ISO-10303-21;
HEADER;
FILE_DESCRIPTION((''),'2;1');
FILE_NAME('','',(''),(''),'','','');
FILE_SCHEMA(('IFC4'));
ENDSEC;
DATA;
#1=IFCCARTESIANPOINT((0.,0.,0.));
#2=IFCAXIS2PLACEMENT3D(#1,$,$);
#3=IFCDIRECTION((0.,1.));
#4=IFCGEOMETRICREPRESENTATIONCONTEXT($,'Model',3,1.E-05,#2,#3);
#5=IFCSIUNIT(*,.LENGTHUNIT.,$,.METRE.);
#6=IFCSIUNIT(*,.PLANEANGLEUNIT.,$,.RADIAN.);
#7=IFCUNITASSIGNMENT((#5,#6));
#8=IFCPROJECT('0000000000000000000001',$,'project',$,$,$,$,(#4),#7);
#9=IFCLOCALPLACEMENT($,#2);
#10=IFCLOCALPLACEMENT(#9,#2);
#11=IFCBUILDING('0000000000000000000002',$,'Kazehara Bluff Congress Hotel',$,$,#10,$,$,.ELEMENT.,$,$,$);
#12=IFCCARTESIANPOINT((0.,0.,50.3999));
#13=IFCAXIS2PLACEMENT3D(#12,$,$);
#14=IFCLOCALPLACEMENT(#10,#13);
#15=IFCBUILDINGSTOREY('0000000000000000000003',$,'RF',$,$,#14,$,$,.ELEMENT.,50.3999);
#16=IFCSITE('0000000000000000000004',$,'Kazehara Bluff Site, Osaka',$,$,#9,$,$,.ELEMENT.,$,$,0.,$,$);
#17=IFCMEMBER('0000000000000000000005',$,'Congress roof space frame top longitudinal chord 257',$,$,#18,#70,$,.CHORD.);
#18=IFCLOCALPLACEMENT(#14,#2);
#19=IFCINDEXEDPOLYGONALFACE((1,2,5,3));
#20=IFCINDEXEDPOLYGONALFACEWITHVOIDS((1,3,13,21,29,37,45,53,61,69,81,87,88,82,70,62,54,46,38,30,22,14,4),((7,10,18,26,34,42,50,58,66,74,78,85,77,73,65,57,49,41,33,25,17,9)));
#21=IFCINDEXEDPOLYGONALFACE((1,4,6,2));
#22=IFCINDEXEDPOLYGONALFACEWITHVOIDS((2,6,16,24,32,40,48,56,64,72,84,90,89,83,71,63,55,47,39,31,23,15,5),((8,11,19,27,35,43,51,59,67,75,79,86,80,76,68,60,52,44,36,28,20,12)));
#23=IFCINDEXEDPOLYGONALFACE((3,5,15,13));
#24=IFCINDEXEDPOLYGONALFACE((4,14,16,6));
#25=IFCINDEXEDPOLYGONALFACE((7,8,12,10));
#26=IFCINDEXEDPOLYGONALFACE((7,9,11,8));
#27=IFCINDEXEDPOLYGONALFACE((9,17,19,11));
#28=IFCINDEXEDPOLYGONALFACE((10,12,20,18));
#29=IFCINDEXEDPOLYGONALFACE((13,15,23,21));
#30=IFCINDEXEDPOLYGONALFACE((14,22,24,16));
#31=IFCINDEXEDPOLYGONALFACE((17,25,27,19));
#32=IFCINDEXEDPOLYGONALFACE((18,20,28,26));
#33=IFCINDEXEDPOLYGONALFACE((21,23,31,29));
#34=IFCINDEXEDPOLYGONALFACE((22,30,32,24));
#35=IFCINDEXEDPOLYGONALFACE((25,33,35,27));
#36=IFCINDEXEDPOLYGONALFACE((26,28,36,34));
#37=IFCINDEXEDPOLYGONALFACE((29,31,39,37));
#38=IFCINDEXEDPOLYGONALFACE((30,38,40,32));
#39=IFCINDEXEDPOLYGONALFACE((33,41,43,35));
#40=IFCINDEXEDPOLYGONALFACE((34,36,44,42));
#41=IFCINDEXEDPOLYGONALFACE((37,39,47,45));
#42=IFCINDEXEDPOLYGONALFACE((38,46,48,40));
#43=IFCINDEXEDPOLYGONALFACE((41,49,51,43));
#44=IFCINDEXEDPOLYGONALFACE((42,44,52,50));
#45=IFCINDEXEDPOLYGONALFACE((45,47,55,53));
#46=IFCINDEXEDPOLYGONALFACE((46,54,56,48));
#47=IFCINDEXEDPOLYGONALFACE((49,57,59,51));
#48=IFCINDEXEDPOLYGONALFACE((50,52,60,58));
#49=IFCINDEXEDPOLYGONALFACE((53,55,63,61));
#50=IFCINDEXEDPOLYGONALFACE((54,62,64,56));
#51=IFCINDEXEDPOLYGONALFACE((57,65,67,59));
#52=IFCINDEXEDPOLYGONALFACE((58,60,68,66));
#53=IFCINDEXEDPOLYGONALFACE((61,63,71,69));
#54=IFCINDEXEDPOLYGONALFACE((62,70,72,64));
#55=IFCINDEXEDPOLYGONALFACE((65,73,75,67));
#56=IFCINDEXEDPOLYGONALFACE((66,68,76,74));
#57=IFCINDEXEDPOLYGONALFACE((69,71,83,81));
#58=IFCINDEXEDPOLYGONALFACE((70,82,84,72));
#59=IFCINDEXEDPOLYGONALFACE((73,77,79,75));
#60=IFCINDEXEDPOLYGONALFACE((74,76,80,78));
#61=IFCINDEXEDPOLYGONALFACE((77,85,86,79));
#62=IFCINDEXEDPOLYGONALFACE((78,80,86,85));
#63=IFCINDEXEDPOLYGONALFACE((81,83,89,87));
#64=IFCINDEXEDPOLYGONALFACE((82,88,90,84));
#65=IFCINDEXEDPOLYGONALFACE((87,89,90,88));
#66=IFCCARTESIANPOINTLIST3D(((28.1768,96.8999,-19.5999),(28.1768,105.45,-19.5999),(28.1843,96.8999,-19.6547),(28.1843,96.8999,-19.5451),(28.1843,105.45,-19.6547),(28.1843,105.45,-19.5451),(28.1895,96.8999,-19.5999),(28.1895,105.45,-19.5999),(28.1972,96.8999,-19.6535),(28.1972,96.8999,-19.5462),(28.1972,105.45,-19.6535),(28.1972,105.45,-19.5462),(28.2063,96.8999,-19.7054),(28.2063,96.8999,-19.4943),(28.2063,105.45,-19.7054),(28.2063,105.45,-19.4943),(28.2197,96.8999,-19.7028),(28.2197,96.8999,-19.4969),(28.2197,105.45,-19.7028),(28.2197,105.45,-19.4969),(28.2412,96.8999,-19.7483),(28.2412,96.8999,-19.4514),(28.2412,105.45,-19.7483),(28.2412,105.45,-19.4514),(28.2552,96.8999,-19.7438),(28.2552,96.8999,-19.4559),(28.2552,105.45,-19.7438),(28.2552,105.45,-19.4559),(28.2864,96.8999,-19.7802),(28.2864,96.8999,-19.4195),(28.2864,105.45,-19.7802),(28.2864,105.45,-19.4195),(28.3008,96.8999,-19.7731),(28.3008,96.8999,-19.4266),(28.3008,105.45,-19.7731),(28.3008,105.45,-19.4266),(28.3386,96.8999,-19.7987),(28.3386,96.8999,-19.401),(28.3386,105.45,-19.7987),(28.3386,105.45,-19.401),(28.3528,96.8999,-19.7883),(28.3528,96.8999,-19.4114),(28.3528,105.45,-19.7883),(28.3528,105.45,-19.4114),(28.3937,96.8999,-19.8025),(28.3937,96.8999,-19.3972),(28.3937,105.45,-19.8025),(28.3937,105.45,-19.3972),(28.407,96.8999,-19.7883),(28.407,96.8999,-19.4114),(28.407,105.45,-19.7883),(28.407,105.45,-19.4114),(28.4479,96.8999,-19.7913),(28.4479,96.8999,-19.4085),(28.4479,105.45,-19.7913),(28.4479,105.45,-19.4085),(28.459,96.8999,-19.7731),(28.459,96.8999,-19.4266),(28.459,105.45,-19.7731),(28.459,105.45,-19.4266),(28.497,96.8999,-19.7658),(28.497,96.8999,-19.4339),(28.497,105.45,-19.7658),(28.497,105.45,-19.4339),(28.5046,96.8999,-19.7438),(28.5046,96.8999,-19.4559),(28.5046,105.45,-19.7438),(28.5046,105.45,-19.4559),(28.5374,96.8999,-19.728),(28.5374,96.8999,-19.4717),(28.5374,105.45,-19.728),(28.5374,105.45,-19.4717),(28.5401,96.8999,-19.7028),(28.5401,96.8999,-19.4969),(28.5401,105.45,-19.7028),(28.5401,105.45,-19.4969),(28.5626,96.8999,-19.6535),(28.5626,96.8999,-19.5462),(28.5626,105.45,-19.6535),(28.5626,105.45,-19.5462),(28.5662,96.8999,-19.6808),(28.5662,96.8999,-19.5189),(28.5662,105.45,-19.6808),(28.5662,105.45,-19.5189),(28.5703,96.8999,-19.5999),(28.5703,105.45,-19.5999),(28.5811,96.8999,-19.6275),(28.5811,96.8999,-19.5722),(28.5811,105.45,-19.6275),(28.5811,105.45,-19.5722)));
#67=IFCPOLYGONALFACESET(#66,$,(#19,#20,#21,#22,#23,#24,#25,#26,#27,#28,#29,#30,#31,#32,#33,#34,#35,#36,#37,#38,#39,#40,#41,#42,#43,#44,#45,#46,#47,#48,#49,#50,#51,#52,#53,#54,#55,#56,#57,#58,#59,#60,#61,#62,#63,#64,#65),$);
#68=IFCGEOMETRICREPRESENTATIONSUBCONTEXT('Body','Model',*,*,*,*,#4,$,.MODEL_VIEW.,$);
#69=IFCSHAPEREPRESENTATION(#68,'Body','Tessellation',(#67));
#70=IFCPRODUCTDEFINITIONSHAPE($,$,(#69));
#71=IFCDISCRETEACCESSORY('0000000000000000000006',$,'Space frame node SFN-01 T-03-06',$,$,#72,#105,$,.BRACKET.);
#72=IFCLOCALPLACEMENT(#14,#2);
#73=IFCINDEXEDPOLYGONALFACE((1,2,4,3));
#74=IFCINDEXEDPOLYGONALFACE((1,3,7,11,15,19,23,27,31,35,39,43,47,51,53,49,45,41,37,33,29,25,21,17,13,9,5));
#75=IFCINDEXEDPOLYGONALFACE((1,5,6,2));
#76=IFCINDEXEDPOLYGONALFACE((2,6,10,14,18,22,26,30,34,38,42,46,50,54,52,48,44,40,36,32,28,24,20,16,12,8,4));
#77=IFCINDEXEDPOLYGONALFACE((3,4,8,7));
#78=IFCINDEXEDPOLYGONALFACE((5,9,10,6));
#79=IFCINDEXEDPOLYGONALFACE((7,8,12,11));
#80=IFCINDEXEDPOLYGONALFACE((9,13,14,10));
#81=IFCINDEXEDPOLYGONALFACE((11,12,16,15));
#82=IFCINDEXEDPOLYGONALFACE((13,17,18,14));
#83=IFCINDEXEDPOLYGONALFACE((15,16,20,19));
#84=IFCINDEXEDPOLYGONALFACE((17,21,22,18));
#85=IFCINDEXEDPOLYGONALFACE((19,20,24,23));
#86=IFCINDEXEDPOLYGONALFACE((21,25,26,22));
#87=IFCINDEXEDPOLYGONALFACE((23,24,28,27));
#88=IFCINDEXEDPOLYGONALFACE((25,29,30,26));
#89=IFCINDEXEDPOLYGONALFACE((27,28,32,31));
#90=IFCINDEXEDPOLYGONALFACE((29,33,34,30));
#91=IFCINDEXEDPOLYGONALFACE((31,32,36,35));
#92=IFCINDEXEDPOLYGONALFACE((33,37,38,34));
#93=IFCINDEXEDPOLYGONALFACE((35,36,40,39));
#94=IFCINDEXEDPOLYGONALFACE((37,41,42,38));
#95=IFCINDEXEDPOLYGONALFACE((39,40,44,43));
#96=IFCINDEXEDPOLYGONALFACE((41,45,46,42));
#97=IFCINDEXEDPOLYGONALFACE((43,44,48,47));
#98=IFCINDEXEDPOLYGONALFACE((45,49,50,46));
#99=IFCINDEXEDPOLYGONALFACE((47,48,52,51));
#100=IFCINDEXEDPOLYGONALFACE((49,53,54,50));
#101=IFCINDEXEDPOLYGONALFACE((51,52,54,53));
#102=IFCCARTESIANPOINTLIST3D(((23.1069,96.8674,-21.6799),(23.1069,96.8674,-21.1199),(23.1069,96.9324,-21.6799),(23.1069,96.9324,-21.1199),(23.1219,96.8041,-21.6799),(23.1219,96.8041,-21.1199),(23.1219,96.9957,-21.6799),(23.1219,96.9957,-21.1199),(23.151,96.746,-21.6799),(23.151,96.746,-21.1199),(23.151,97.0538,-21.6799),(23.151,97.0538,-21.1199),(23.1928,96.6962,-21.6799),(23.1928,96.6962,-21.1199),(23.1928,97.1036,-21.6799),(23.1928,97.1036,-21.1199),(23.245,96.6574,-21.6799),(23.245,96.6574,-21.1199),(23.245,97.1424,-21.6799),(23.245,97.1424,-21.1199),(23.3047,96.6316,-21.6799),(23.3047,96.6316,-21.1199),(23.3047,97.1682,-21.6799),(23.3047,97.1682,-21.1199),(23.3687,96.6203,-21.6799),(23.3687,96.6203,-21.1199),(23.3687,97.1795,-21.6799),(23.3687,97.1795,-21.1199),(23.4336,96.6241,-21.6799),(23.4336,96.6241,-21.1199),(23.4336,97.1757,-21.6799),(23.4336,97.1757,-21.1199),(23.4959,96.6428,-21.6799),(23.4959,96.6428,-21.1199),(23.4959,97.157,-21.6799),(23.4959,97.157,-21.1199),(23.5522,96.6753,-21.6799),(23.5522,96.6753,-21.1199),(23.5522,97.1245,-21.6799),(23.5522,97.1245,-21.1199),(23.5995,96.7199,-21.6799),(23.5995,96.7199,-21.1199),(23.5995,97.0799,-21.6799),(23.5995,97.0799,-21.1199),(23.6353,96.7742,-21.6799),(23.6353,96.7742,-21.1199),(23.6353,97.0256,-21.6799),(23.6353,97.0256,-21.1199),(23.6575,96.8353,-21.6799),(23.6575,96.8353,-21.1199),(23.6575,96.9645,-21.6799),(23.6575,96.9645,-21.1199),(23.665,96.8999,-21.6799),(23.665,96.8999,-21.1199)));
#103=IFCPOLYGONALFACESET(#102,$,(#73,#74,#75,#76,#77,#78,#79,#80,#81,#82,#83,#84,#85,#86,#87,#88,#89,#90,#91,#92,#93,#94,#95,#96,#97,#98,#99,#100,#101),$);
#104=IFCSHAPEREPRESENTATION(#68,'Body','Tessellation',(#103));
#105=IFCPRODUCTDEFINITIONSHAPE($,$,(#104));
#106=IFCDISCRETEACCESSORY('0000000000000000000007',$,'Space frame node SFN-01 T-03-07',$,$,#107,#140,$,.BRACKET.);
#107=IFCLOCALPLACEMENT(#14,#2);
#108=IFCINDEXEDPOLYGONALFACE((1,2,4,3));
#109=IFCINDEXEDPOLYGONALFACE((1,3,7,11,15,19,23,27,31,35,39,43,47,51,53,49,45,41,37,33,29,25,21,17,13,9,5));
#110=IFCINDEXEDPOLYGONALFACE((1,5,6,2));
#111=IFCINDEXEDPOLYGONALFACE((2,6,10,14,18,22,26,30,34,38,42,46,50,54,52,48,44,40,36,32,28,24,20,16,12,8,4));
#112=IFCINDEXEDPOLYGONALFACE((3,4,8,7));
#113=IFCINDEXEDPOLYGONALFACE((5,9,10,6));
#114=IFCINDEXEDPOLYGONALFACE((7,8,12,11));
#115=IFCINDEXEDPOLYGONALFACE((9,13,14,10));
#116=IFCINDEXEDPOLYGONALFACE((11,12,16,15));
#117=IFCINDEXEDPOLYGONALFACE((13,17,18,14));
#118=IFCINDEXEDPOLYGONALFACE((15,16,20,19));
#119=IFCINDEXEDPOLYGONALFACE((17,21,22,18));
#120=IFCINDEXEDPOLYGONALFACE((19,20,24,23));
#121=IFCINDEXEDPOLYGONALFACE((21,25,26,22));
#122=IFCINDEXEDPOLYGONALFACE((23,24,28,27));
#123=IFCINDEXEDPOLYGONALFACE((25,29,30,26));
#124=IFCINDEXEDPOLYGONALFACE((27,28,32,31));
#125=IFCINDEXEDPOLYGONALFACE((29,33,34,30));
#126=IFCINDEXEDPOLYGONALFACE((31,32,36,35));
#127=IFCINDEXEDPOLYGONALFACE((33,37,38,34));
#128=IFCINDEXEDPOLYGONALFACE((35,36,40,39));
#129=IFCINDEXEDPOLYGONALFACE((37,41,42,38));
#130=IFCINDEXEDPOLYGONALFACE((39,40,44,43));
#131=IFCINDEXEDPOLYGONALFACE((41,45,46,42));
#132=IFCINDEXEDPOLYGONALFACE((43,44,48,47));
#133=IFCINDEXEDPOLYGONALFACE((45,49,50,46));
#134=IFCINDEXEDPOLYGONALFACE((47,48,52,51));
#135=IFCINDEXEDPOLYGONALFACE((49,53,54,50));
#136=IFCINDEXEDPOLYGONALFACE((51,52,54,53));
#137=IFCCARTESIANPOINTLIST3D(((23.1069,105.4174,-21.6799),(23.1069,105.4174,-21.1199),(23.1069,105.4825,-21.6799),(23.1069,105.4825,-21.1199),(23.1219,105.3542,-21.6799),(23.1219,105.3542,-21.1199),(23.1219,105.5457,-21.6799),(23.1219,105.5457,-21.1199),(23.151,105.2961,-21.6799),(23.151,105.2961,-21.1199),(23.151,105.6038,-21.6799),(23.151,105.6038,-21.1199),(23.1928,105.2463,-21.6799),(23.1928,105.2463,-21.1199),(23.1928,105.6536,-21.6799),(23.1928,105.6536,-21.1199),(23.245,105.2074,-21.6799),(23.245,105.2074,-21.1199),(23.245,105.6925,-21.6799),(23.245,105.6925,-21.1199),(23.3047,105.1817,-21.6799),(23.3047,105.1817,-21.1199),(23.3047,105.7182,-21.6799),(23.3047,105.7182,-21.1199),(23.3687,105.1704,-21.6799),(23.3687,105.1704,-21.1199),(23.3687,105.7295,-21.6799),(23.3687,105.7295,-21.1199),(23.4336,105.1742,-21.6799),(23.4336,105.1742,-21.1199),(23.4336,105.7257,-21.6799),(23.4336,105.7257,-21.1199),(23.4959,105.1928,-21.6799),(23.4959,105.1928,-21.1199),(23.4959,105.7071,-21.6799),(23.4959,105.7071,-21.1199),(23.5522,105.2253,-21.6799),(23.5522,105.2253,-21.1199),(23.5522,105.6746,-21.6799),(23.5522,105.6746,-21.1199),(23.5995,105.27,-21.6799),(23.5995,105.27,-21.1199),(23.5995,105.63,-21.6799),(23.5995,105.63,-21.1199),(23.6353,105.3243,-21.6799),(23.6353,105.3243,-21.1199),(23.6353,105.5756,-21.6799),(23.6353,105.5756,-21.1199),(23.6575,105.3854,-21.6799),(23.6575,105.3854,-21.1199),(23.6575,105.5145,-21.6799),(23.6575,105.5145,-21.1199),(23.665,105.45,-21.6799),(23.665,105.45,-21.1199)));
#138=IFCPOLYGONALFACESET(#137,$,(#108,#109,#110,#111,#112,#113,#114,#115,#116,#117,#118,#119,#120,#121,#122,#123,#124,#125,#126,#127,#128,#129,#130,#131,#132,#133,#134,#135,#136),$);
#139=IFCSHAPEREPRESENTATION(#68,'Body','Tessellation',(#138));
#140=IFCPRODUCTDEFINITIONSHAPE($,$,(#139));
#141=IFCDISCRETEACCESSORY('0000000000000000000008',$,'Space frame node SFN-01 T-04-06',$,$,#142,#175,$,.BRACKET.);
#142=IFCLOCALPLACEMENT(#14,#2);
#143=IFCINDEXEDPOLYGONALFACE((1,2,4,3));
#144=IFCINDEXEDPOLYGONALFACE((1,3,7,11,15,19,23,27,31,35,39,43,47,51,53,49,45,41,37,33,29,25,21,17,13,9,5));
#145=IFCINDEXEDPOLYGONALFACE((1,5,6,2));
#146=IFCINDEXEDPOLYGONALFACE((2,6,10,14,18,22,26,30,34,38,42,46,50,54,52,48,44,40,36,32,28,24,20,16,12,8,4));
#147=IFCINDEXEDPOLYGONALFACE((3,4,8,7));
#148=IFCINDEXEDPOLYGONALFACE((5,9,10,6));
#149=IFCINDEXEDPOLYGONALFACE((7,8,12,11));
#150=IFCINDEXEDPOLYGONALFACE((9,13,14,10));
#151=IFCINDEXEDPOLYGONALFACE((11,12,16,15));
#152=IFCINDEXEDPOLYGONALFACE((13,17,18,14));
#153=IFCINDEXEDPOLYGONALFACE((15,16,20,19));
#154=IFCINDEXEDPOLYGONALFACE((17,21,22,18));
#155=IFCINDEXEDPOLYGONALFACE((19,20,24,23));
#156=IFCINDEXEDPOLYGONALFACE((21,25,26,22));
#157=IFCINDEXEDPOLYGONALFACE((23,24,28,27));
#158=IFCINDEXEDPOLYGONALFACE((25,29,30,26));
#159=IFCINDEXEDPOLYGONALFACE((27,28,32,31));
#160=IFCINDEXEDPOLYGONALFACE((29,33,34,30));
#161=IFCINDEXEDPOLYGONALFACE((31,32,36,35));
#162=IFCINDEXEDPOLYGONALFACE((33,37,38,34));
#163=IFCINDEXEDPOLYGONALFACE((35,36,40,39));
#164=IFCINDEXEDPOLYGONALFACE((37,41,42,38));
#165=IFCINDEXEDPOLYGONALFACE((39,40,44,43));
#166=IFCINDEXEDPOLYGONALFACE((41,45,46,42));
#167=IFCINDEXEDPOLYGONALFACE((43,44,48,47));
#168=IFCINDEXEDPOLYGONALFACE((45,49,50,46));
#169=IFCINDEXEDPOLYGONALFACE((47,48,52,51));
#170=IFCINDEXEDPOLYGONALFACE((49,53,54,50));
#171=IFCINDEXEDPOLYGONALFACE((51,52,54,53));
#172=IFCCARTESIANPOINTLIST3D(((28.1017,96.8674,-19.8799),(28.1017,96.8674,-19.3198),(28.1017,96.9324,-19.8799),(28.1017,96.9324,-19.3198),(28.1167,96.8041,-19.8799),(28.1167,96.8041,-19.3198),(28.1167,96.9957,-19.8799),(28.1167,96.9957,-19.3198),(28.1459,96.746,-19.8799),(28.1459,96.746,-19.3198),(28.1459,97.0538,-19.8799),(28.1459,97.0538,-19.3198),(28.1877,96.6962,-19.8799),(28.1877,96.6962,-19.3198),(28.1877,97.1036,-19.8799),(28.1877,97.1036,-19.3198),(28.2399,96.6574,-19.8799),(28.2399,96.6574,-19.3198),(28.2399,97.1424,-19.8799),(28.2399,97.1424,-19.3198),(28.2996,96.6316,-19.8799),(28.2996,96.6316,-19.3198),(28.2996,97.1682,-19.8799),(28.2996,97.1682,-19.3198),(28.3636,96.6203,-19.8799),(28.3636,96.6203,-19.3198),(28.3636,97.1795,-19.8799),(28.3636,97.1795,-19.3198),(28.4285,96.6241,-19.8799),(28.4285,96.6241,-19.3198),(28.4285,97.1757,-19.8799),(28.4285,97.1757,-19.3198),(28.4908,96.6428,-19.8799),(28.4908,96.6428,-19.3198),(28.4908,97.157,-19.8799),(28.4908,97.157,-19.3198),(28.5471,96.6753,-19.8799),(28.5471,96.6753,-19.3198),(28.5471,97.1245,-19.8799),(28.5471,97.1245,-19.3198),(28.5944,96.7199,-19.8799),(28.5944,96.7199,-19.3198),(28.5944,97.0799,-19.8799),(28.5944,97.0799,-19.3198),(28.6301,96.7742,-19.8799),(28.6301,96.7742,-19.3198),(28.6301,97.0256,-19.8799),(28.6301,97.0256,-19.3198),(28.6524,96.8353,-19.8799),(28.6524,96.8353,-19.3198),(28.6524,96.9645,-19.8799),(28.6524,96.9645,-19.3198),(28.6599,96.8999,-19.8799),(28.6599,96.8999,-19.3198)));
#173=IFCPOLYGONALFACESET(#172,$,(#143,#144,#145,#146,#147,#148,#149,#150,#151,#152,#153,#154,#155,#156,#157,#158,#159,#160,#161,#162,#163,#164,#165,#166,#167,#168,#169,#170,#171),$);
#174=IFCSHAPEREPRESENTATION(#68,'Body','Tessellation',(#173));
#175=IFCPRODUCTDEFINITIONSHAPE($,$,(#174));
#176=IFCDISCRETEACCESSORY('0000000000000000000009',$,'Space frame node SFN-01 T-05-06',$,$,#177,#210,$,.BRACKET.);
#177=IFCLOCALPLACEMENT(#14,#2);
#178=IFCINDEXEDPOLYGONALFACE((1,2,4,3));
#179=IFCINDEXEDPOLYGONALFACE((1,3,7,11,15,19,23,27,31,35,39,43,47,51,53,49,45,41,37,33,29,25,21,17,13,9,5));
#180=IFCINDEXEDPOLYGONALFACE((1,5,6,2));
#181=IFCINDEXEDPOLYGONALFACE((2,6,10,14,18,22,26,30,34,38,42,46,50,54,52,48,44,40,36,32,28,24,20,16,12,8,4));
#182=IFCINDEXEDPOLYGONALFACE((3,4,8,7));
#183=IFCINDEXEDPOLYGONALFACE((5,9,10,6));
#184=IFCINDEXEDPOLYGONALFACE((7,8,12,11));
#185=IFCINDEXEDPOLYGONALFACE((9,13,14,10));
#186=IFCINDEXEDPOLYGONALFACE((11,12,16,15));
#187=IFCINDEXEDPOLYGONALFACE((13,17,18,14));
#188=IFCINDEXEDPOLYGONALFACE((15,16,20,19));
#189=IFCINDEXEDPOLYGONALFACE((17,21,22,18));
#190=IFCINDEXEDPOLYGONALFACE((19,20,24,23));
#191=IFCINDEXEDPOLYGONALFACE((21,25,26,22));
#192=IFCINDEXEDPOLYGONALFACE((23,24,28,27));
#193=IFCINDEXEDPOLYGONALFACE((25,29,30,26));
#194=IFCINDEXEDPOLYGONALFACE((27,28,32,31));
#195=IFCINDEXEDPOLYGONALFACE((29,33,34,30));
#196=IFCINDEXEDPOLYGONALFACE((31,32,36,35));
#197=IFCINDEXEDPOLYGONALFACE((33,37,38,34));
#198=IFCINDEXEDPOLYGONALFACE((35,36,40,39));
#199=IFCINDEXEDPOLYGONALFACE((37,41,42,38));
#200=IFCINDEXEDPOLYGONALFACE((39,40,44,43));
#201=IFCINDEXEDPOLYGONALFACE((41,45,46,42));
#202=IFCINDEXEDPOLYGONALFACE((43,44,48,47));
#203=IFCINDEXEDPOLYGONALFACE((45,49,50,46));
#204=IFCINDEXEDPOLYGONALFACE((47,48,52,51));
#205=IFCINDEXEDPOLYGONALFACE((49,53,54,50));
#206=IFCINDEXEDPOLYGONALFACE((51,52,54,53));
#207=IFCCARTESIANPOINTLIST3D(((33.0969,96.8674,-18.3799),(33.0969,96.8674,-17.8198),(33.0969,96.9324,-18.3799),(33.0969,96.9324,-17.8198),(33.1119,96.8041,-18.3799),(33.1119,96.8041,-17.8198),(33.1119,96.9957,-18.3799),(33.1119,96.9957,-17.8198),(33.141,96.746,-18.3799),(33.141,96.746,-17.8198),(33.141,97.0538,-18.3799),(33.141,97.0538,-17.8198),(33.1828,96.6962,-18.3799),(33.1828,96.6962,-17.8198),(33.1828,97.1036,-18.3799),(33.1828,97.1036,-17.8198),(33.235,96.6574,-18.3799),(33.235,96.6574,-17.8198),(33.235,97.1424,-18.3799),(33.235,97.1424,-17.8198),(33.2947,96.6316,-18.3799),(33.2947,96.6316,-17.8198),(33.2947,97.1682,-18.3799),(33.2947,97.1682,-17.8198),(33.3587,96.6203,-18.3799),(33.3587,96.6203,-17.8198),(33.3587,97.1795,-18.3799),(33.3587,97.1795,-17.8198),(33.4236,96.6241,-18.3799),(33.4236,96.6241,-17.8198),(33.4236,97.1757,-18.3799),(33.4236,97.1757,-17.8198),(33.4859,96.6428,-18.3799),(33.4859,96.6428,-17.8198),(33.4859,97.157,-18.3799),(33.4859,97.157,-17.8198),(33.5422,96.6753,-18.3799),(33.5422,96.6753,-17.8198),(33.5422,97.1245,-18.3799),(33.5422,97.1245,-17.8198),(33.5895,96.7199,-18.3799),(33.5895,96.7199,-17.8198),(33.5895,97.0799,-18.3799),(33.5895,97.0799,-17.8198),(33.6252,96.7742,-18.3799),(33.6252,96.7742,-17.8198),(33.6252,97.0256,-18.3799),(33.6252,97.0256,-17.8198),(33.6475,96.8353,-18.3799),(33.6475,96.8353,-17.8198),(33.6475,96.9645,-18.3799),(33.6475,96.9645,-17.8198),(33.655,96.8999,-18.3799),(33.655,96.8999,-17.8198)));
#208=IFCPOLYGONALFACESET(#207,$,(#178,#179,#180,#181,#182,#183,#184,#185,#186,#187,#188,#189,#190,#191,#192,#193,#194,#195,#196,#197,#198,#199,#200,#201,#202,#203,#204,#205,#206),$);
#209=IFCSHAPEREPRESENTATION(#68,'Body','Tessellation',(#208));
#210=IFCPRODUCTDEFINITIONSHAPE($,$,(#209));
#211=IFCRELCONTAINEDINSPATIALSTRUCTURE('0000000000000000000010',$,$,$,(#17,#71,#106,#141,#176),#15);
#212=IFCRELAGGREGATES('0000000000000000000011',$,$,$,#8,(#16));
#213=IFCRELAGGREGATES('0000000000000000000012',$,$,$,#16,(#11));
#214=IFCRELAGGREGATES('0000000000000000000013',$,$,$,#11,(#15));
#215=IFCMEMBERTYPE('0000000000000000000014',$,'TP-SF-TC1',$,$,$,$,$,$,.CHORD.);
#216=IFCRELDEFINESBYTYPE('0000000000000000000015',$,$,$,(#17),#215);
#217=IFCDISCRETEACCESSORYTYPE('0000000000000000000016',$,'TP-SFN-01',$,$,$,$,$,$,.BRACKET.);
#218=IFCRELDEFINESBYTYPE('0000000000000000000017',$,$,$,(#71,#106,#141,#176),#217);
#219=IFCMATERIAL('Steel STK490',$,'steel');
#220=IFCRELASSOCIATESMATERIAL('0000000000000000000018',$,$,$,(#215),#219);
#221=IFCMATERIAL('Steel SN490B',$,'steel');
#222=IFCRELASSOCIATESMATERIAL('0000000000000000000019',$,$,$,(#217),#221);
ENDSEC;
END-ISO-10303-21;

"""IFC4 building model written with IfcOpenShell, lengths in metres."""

from ifc_helpers import new_model, si_unit, direction, frame, origin, origin_2d, place, context, subcontext, project, spatial, circle, hollow_circle, extrude, material, material_profile, profile_set, type_object, element, save


model = new_model("IFC4")

# Units and contexts
model_context = context("Model", 3, precision=1e-05, world=origin(), true_north=direction((0.0, 1.0)))
body_context = subcontext(model_context, "Body", "Model", "MODEL_VIEW")
ifc_project = project(units=[si_unit("LENGTHUNIT", "METRE"), si_unit("PLANEANGLEUNIT", "RADIAN")], contexts=[model_context])

# Site, building, storey
site_placement = place(None, origin())
site = spatial("IfcSite", under=ifc_project, at=site_placement, Name="Kazehara Bluff Site, Osaka", CompositionType="ELEMENT", RefElevation=0.0)
building_placement = place(site_placement, origin())
building = spatial("IfcBuilding", under=site, at=building_placement, Name="Kazehara Bluff Congress Hotel", CompositionType="ELEMENT")
storey_placement = place(building_placement, frame((0.0, 0.0, 50.3999)))
storey = spatial("IfcBuildingStorey", under=building, at=storey_placement, Name="RF", CompositionType="ELEMENT", Elevation=50.3999)

# Member
ifc_material_1 = material(Name="Steel STK490", Category="steel")
ifc_material_profile_1 = material_profile(ifc_material_1, hollow_circle(Radius=0.2031, WallThickness=0.0127, at=origin_2d()))
ifc_profile_set_1 = profile_set([ifc_material_profile_1], Name="Steel STK490")
member_type_1 = type_object("IfcMemberType", Name="TP-SF-TC1", PredefinedType="CHORD", material=ifc_profile_set_1)
member_1_placement = place(storey_placement, frame((28.3799, 96.8999, -19.5999), z_axis=(0.0, 1.0, 0.0), x_axis=(-1.0, 0.0, 0.0)))
element("IfcMember", 1, at=member_1_placement, inside=storey, type_object=member_type_1, Name="Congress roof space frame top longitudinal chord 257", PredefinedType="CHORD", context=body_context, shape_type="SweptSolid", body=[
    extrude(hollow_circle(Radius=0.2031, WallThickness=0.0127, at=origin_2d()), origin(), (0.0, 0.0, 1.0), 8.55),
])

# Discrete accessories
ifc_material_2 = material(Name="Steel SN490B", Category="steel")
ifc_material_profile_2 = material_profile(ifc_material_2, circle(Radius=0.28, at=origin_2d()))
ifc_profile_set_2 = profile_set([ifc_material_profile_2], Name="Steel SN490B")
discrete_accessory_type_1 = type_object("IfcDiscreteAccessoryType", Name="TP-SFN-01", PredefinedType="BRACKET", material=ifc_profile_set_2)
for number, where, z_axis, x_axis, name in (
    (2, (23.385, 96.8999, -21.6799), (0.0, 0.0, 1.0), (1.0, 0.0, 0.0), "Space frame node SFN-01 T-03-06"),
    (3, (23.385, 105.45, -21.6799), (0.0, 0.0, 1.0), (1.0, 0.0, 0.0), "Space frame node SFN-01 T-03-07"),
    (4, (28.3799, 96.8999, -19.8799), (0.0, 0.0, 1.0), (1.0, 0.0, 0.0), "Space frame node SFN-01 T-04-06"),
    (5, (33.375, 96.8999, -18.3799), (0.0, 0.0, 1.0), (1.0, 0.0, 0.0), "Space frame node SFN-01 T-05-06"),
):
    element("IfcDiscreteAccessory", number, at=place(storey_placement, frame(where, z_axis=z_axis, x_axis=x_axis)), inside=storey, type_object=discrete_accessory_type_1, Name=name, PredefinedType="BRACKET", context=body_context, shape_type="SweptSolid", body=[
        extrude(circle(Radius=0.28, at=origin_2d()), origin(), (0.0, 0.0, 1.0), 0.5601),
    ])

save(model, "model.ifc")
